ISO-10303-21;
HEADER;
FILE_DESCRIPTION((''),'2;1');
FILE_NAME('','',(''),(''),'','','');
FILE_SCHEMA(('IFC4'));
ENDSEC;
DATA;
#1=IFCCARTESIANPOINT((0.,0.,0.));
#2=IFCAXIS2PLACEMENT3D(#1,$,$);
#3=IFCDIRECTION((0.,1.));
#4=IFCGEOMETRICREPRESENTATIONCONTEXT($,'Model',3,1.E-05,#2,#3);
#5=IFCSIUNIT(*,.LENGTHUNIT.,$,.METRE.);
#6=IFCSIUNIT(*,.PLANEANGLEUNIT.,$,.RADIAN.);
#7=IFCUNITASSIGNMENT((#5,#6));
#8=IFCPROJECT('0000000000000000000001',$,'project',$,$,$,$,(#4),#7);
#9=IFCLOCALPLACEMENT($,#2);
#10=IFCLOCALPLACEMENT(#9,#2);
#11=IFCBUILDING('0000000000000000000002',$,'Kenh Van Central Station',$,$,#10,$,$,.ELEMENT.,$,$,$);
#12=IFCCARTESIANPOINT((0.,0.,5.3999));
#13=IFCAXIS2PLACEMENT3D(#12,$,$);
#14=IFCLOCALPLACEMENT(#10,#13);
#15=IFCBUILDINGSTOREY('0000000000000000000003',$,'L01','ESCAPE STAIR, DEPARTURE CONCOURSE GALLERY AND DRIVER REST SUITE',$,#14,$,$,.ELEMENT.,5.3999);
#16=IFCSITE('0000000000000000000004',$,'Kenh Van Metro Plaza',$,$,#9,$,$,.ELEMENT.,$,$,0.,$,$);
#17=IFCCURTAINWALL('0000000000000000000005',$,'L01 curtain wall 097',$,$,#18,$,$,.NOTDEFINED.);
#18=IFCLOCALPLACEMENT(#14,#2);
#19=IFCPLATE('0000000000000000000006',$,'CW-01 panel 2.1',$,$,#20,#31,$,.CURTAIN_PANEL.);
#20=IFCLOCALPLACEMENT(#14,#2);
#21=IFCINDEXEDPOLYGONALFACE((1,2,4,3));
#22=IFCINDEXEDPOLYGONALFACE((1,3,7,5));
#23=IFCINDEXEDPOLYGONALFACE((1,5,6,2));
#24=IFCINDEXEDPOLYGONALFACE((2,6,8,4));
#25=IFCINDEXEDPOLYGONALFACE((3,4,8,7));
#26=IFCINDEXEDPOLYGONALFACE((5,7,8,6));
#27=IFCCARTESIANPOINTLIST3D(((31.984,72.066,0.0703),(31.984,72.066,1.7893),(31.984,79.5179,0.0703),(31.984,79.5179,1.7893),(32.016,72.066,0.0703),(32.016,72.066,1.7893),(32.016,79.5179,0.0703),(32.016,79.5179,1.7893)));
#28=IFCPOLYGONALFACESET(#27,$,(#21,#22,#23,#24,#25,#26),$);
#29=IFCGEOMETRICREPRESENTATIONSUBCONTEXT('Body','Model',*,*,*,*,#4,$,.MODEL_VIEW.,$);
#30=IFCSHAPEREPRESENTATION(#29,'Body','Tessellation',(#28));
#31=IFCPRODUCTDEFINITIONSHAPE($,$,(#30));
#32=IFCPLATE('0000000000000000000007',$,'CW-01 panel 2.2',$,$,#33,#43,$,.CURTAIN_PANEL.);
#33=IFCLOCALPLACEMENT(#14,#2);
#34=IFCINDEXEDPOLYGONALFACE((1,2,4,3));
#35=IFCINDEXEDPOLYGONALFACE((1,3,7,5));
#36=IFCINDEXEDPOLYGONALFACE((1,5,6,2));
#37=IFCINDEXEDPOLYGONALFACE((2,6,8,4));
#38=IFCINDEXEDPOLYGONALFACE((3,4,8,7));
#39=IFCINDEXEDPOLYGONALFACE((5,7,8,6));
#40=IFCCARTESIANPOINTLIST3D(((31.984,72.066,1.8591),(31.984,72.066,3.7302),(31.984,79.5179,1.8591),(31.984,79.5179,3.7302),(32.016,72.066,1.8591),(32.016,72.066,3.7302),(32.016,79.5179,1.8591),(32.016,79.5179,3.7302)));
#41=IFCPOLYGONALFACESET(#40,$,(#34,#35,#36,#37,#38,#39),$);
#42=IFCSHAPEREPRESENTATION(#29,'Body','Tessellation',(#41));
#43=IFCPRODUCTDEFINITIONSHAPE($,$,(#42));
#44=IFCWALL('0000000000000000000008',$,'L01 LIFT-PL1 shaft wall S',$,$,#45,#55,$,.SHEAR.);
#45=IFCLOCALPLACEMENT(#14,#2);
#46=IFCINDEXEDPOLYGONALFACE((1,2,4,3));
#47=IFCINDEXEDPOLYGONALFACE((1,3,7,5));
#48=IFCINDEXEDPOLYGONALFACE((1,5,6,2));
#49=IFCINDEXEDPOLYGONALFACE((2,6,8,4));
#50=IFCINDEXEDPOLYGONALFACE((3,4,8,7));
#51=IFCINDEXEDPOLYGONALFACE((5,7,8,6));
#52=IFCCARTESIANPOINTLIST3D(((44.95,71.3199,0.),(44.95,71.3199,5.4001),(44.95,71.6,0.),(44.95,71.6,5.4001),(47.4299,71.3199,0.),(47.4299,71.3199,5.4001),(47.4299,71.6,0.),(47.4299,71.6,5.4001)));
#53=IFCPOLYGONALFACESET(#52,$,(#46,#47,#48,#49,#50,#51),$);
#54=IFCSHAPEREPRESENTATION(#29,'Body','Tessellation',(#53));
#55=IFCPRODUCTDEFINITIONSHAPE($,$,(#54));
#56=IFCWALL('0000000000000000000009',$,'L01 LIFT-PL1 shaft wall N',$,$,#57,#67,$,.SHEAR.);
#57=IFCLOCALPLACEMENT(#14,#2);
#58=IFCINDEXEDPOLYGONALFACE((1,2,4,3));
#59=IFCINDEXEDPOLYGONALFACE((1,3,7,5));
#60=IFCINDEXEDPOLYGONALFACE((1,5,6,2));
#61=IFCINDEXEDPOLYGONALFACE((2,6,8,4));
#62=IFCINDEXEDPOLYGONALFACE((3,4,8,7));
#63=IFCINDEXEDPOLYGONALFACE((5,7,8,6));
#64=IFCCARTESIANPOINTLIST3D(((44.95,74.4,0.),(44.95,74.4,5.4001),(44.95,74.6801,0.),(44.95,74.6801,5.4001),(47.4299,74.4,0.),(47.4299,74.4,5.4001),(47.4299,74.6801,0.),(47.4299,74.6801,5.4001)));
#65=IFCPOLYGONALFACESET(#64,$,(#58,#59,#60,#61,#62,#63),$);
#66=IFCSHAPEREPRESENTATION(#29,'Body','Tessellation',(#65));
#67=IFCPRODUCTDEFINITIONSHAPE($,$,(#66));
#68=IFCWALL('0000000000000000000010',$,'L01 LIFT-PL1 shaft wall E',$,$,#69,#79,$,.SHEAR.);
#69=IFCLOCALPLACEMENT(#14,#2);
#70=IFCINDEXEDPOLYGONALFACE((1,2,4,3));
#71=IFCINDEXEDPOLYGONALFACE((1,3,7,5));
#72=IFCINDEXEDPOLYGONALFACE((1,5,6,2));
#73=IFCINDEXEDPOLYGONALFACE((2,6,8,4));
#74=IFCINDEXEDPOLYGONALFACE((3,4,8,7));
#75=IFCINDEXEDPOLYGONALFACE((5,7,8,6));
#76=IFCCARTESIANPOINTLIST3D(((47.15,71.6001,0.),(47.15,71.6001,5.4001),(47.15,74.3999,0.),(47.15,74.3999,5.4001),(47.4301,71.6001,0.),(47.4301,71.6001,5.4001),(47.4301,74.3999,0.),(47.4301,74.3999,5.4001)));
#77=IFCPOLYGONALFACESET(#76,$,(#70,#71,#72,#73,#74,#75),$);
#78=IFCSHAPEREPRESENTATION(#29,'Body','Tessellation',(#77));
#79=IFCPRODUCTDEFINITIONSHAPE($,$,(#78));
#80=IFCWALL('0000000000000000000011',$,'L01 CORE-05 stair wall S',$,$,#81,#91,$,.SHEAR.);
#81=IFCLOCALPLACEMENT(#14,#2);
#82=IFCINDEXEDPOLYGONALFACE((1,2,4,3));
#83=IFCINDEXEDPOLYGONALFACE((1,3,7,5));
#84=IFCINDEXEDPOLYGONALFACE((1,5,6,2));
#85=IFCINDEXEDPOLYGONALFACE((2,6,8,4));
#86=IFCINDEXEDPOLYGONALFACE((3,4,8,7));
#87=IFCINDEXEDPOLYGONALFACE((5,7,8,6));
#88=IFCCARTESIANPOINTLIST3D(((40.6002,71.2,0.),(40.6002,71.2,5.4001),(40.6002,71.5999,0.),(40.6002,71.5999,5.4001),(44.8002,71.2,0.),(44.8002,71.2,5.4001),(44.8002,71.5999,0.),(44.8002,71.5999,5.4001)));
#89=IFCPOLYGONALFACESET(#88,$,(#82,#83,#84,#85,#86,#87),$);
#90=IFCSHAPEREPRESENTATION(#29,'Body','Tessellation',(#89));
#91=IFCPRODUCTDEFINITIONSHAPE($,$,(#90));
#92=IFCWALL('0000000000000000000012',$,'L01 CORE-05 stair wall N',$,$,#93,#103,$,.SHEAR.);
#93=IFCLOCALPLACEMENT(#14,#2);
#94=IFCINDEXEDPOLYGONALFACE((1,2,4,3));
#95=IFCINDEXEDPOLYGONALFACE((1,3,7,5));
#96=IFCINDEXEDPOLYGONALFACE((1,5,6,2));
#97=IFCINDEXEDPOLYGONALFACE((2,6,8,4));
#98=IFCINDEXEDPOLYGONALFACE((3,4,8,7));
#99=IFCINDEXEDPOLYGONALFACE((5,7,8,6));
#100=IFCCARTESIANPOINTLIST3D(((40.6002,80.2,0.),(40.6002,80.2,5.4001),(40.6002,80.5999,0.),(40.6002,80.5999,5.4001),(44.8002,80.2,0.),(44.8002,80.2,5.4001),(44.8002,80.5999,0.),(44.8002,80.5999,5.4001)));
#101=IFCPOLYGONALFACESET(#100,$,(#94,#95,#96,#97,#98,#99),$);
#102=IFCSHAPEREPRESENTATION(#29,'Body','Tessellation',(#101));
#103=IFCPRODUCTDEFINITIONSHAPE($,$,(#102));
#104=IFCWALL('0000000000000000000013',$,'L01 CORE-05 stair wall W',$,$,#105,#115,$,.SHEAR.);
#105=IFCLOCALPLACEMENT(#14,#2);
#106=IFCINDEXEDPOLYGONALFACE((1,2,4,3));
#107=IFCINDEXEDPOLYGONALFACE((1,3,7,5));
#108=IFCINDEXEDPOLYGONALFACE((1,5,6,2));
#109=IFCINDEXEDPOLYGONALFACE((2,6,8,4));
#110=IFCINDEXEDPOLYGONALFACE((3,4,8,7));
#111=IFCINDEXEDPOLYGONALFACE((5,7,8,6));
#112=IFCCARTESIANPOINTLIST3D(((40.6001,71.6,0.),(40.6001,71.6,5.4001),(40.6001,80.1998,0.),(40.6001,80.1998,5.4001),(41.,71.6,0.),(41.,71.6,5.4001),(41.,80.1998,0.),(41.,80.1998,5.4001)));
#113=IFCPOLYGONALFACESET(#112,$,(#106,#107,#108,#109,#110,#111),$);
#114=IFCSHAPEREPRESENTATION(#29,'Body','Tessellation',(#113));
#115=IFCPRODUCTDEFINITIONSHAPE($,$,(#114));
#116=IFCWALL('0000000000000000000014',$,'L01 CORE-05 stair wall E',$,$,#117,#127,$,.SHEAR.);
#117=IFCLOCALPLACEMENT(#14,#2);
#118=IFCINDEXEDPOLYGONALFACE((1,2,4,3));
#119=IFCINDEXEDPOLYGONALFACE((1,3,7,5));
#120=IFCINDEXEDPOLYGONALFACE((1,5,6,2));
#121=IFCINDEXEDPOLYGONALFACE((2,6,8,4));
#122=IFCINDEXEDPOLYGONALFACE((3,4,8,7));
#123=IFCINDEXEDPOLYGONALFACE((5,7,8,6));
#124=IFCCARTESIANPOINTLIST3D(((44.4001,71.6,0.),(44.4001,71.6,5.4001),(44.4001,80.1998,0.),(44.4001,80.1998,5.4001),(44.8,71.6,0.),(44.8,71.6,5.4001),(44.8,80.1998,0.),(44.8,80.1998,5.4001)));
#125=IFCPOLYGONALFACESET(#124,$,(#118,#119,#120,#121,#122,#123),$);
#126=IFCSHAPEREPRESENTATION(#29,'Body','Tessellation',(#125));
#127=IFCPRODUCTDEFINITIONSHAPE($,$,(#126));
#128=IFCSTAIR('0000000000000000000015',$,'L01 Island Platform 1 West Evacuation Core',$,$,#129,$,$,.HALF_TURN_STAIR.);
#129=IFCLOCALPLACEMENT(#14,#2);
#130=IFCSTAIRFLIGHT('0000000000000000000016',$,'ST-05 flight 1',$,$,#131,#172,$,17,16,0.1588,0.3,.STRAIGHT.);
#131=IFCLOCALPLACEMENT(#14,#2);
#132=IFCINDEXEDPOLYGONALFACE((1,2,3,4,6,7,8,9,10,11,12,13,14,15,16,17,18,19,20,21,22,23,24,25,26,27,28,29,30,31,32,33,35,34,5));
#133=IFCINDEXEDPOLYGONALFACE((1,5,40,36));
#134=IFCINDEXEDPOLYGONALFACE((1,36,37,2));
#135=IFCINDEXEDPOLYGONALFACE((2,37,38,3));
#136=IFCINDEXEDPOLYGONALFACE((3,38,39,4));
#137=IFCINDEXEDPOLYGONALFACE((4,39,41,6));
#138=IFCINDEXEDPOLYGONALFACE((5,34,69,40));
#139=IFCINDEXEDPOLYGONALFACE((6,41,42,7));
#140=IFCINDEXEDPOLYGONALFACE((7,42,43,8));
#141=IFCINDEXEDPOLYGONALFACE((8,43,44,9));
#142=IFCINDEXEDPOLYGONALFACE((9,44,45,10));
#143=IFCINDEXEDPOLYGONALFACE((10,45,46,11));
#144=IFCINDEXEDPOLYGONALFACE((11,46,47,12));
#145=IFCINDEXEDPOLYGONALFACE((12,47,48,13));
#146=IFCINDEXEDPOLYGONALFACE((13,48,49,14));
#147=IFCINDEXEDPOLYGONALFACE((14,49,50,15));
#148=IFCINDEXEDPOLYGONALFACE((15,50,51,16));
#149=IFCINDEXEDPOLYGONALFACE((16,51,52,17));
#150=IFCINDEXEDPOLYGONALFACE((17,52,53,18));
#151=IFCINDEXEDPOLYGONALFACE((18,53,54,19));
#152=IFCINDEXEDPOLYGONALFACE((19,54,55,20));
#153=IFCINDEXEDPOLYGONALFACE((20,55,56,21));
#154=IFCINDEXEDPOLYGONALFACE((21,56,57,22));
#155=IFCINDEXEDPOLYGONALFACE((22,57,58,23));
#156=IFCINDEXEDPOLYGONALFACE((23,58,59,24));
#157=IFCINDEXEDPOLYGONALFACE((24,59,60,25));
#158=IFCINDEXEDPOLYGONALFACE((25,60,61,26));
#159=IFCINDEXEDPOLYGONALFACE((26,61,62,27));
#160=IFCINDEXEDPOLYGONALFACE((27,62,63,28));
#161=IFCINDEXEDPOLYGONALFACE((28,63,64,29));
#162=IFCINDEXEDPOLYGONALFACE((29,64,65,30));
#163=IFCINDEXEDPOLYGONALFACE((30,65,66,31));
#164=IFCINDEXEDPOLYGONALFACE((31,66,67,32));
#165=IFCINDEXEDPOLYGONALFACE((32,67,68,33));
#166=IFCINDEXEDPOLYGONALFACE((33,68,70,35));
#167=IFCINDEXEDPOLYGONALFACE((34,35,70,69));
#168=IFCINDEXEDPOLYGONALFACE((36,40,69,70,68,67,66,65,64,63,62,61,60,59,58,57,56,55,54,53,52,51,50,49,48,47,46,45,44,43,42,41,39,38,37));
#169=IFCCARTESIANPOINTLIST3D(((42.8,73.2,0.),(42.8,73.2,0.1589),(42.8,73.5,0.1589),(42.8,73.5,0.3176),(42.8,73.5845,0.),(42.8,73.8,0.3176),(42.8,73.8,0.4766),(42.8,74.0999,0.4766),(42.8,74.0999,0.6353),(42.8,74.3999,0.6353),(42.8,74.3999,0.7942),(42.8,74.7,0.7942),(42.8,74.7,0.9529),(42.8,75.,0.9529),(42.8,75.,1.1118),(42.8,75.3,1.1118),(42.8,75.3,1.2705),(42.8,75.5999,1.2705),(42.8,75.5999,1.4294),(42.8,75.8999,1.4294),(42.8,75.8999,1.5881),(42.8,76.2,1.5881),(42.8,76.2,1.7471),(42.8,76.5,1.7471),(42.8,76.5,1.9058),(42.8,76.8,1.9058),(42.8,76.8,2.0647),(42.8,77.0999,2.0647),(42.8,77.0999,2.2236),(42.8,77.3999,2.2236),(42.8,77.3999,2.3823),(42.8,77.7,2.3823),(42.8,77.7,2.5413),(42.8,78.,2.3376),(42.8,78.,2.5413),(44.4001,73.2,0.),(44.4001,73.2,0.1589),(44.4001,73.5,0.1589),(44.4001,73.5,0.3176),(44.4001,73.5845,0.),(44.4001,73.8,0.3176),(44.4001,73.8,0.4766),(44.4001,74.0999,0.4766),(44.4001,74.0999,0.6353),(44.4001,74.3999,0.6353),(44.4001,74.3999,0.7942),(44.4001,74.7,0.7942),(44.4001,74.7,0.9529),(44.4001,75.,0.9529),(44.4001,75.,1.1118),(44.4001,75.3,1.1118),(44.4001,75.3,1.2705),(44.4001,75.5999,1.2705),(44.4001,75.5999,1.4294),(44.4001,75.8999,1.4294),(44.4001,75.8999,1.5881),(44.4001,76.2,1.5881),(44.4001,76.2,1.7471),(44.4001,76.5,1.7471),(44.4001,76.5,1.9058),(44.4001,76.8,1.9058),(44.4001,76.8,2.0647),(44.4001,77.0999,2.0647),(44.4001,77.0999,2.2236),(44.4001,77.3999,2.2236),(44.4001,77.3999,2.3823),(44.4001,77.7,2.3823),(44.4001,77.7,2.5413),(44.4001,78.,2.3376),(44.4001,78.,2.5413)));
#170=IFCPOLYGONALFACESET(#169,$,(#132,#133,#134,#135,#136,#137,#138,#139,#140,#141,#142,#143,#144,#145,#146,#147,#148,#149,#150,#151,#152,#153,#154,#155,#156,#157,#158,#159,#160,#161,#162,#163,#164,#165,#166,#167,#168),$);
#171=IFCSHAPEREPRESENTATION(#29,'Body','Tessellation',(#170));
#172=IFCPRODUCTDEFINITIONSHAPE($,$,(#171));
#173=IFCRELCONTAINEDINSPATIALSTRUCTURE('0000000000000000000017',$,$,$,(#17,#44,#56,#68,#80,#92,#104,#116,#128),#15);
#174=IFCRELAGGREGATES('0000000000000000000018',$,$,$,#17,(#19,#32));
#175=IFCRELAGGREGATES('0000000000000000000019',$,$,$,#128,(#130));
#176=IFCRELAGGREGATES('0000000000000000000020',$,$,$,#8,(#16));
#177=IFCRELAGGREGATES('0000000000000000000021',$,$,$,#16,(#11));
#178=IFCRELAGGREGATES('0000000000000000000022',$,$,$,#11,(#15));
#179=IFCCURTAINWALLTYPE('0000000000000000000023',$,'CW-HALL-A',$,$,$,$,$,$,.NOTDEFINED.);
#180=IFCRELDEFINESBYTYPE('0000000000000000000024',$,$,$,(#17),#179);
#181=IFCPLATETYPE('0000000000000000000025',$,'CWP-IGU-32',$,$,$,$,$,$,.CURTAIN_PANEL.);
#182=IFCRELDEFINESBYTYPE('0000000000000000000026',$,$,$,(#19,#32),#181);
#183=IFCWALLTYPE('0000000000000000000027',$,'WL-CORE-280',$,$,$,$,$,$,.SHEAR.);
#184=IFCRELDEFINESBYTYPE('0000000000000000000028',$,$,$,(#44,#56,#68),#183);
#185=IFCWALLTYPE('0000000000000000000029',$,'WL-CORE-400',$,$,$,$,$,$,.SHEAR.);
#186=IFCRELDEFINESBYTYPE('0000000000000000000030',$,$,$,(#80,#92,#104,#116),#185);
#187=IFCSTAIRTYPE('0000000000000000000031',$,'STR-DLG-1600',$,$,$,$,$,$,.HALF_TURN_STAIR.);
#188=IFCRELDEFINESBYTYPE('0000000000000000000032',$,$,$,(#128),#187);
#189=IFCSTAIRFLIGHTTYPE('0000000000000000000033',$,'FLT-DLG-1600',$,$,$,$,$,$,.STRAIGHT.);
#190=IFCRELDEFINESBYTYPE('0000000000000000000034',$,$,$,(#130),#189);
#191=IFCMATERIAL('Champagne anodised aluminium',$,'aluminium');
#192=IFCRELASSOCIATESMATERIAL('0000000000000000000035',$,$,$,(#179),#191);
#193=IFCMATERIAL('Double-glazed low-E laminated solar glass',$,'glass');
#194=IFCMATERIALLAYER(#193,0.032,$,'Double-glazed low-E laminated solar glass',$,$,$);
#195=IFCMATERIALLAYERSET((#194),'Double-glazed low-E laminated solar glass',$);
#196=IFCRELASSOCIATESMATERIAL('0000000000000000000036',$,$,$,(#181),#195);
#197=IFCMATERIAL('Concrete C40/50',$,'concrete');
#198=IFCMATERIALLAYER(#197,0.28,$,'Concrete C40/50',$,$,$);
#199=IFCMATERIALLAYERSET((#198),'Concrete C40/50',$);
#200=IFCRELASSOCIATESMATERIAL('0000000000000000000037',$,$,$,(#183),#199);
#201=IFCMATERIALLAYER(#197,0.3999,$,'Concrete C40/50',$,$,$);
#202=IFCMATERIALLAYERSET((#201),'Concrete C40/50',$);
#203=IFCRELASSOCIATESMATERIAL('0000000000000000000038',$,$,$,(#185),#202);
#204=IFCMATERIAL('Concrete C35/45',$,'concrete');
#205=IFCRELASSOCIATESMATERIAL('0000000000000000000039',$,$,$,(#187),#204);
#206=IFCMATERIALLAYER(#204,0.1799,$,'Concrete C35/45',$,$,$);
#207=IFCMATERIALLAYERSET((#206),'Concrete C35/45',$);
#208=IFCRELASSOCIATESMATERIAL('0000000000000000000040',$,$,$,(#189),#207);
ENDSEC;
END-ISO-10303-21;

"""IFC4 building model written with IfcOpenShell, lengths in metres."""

from ifc_helpers import new_model, si_unit, direction, frame, frame_2d, origin, origin_2d, place, context, subcontext, project, spatial, polyline, rectangle, outline, extrude, material, layer, layer_set, type_object, element, aggregate, save


model = new_model("IFC4")

# Units and contexts
model_context = context("Model", 3, precision=1e-05, world=origin(), true_north=direction((0.0, 1.0)))
body_context = subcontext(model_context, "Body", "Model", "MODEL_VIEW")
ifc_project = project(units=[si_unit("LENGTHUNIT", "METRE"), si_unit("PLANEANGLEUNIT", "RADIAN")], contexts=[model_context])

# Site, building, storey
site_placement = place(None, origin())
site = spatial("IfcSite", under=ifc_project, at=site_placement, Name="Kenh Van Metro Plaza", CompositionType="ELEMENT", RefElevation=0.0)
building_placement = place(site_placement, origin())
building = spatial("IfcBuilding", under=site, at=building_placement, Name="Kenh Van Central Station", CompositionType="ELEMENT")
storey_placement = place(building_placement, frame((0.0, 0.0, 5.3999)))
storey = spatial("IfcBuildingStorey", under=building, at=storey_placement, Name="L01", Description="ESCAPE STAIR, DEPARTURE CONCOURSE GALLERY AND DRIVER REST SUITE", CompositionType="ELEMENT", Elevation=5.3999)

# Shared definitions
ifc_material_1 = material(Name="Concrete C40/50", Category="concrete")

# Curtain wall
ifc_material_2 = material(Name="Champagne anodised aluminium", Category="aluminium")
curtain_wall_type = type_object("IfcCurtainWallType", Name="CW-HALL-A", PredefinedType="NOTDEFINED", material=ifc_material_2)
curtain_wall_1_placement = place(storey_placement, origin())
curtain_wall_1 = element("IfcCurtainWall", 1, at=curtain_wall_1_placement, inside=storey, type_object=curtain_wall_type, Name="L01 curtain wall 097", PredefinedType="NOTDEFINED")

# Plates
ifc_material_3 = material(Name="Double-glazed low-E laminated solar glass", Category="glass")
ifc_layer_1 = layer(ifc_material_3, 0.032, Name="Double-glazed low-E laminated solar glass")
ifc_layer_set_1 = layer_set([ifc_layer_1], Name="Double-glazed low-E laminated solar glass")
plate_type = type_object("IfcPlateType", Name="CWP-IGU-32", PredefinedType="CURTAIN_PANEL", material=ifc_layer_set_1)
plate_1_placement = place(storey_placement, frame((32.0, 75.792, 0.0703), z_axis=(0.0, 0.0, 1.0), x_axis=(0.0, 1.0, 0.0)))
plate_1 = element("IfcPlate", 2, at=plate_1_placement, type_object=plate_type, Name="CW-01 panel 2.1", PredefinedType="CURTAIN_PANEL", context=body_context, shape_type="SweptSolid", body=[
    extrude(rectangle(XDim=7.4519, YDim=0.032, at=origin_2d()), origin(), (0.0, 0.0, 1.0), 1.719),
])
plate_2_placement = place(storey_placement, frame((32.0, 75.792, 1.8591), z_axis=(0.0, 0.0, 1.0), x_axis=(0.0, 1.0, 0.0)))
plate_2 = element("IfcPlate", 3, at=plate_2_placement, type_object=plate_type, Name="CW-01 panel 2.2", PredefinedType="CURTAIN_PANEL", context=body_context, shape_type="SweptSolid", body=[
    extrude(rectangle(XDim=7.4519, YDim=0.032, at=origin_2d()), origin(), (0.0, 0.0, 1.0), 1.8711),
])
aggregate(curtain_wall_1, [plate_1, plate_2])

# Walls
ifc_layer_2 = layer(ifc_material_1, 0.28, Name="Concrete C40/50")
ifc_layer_set_2 = layer_set([ifc_layer_2], Name="Concrete C40/50")
wall_type_1 = type_object("IfcWallType", Name="WL-CORE-280", PredefinedType="SHEAR", material=ifc_layer_set_2)
for number, where, z_axis, x_axis, name in (
    (4, (44.95, 71.46, 0.0), (0.0, 0.0, 1.0), (1.0, 0.0, 0.0), "L01 LIFT-PL1 shaft wall S"),
    (5, (44.95, 74.54, 0.0), (0.0, 0.0, 1.0), (1.0, 0.0, 0.0), "L01 LIFT-PL1 shaft wall N"),
):
    element("IfcWall", number, at=place(storey_placement, frame(where, z_axis=z_axis, x_axis=x_axis)), inside=storey, type_object=wall_type_1, Name=name, PredefinedType="SHEAR", context=body_context, shape_type="SweptSolid", body=[
        extrude(rectangle(XDim=2.48, YDim=0.28, at=frame_2d((1.24, 0.0))), origin(), (0.0, 0.0, 1.0), 5.4001),
    ])
wall_placement = place(storey_placement, frame((47.29, 71.6001, 0.0), z_axis=(0.0, 0.0, 1.0), x_axis=(0.0, 1.0, 0.0)))
element("IfcWall", 6, at=wall_placement, inside=storey, type_object=wall_type_1, Name="L01 LIFT-PL1 shaft wall E", PredefinedType="SHEAR", context=body_context, shape_type="SweptSolid", body=[
    extrude(rectangle(XDim=2.7998, YDim=0.28, at=frame_2d((1.3999, 0.0))), origin(), (0.0, 0.0, 1.0), 5.4001),
])
ifc_layer_3 = layer(ifc_material_1, 0.3999, Name="Concrete C40/50")
ifc_layer_set_3 = layer_set([ifc_layer_3], Name="Concrete C40/50")
wall_type_2 = type_object("IfcWallType", Name="WL-CORE-400", PredefinedType="SHEAR", material=ifc_layer_set_3)
for number, where, z_axis, x_axis, name in (
    (7, (40.6001, 71.3999, 0.0), (0.0, 0.0, 1.0), (1.0, 0.0, 0.0), "L01 CORE-05 stair wall S"),
    (8, (40.6001, 80.3999, 0.0), (0.0, 0.0, 1.0), (1.0, 0.0, 0.0), "L01 CORE-05 stair wall N"),
):
    element("IfcWall", number, at=place(storey_placement, frame(where, z_axis=z_axis, x_axis=x_axis)), inside=storey, type_object=wall_type_2, Name=name, PredefinedType="SHEAR", context=body_context, shape_type="SweptSolid", body=[
        extrude(rectangle(XDim=4.2, YDim=0.3999, at=frame_2d((2.1001, 0.0))), origin(), (0.0, 0.0, 1.0), 5.4001),
    ])
for number, where, z_axis, x_axis, name in (
    (9, (40.8, 71.6001, 0.0), (0.0, 0.0, 1.0), (0.0, 1.0, 0.0), "L01 CORE-05 stair wall W"),
    (10, (44.6001, 71.6001, 0.0), (0.0, 0.0, 1.0), (0.0, 1.0, 0.0), "L01 CORE-05 stair wall E"),
):
    element("IfcWall", number, at=place(storey_placement, frame(where, z_axis=z_axis, x_axis=x_axis)), inside=storey, type_object=wall_type_2, Name=name, PredefinedType="SHEAR", context=body_context, shape_type="SweptSolid", body=[
        extrude(rectangle(XDim=8.5999, YDim=0.3999, at=frame_2d((4.2998, 0.0))), origin(), (0.0, 0.0, 1.0), 5.4001),
    ])

# Stair, stair flight
ifc_material_4 = material(Name="Concrete C35/45", Category="concrete")
stair_type = type_object("IfcStairType", Name="STR-DLG-1600", PredefinedType="HALF_TURN_STAIR", material=ifc_material_4)
stair_placement = place(storey_placement, origin())
stair = element("IfcStair", 11, at=stair_placement, inside=storey, type_object=stair_type, Name="L01 Island Platform 1 West Evacuation Core", PredefinedType="HALF_TURN_STAIR")
ifc_layer_4 = layer(ifc_material_4, 0.1799, Name="Concrete C35/45")
ifc_layer_set_4 = layer_set([ifc_layer_4], Name="Concrete C35/45")
stair_flight_type = type_object("IfcStairFlightType", Name="FLT-DLG-1600", PredefinedType="STRAIGHT", material=ifc_layer_set_4)
stair_flight_1_placement = place(storey_placement, frame((43.6001, 73.2, 0.0), z_axis=(0.0, 0.0, 1.0), x_axis=(0.0, 1.0, 0.0)))
stair_flight_1 = element("IfcStairFlight", 12, at=stair_flight_1_placement, type_object=stair_flight_type, Name="ST-05 flight 1", NumberOfRisers=17, NumberOfTreads=16, PredefinedType="STRAIGHT", RiserHeight=0.1588, TreadLength=0.3, context=body_context, shape_type="SweptSolid", body=[
    extrude(outline(polyline([(0.0, 0.0), (0.0, 0.1589), (0.3, 0.1589), (0.3, 0.3176), (0.6001, 0.3176), (0.6001, 0.4766), (0.8999, 0.4766), (0.8999, 0.6353), (1.2, 0.6353), (1.2, 0.7942), (1.5, 0.7942), (1.5, 0.9529), (1.8, 0.9529), (1.8, 1.1118), (2.1001, 1.1118), (2.1001, 1.2705), (2.3999, 1.2705), (2.3999, 1.4294), (2.7, 1.4294), (2.7, 1.5881), (3.0, 1.5881), (3.0, 1.7471), (3.3, 1.7471), (3.3, 1.9058), (3.6001, 1.9058), (3.6001, 2.0647), (3.8999, 2.0647), (3.8999, 2.2236), (4.2, 2.2236), (4.2, 2.3823), (4.5, 2.3823), (4.5, 2.5413), (4.8, 2.5413), (4.8, 2.7), (4.8, 2.3376), (0.3845, 0.0), (0.0, 0.0)])), frame((0.0, 0.8, 0.0), z_axis=(0.0, -1.0, 0.0), x_axis=(1.0, 0.0, 0.0)), (0.0, 0.0, 1.0), 1.6001),
])
aggregate(stair, [stair_flight_1])

save(model, "model.ifc")
